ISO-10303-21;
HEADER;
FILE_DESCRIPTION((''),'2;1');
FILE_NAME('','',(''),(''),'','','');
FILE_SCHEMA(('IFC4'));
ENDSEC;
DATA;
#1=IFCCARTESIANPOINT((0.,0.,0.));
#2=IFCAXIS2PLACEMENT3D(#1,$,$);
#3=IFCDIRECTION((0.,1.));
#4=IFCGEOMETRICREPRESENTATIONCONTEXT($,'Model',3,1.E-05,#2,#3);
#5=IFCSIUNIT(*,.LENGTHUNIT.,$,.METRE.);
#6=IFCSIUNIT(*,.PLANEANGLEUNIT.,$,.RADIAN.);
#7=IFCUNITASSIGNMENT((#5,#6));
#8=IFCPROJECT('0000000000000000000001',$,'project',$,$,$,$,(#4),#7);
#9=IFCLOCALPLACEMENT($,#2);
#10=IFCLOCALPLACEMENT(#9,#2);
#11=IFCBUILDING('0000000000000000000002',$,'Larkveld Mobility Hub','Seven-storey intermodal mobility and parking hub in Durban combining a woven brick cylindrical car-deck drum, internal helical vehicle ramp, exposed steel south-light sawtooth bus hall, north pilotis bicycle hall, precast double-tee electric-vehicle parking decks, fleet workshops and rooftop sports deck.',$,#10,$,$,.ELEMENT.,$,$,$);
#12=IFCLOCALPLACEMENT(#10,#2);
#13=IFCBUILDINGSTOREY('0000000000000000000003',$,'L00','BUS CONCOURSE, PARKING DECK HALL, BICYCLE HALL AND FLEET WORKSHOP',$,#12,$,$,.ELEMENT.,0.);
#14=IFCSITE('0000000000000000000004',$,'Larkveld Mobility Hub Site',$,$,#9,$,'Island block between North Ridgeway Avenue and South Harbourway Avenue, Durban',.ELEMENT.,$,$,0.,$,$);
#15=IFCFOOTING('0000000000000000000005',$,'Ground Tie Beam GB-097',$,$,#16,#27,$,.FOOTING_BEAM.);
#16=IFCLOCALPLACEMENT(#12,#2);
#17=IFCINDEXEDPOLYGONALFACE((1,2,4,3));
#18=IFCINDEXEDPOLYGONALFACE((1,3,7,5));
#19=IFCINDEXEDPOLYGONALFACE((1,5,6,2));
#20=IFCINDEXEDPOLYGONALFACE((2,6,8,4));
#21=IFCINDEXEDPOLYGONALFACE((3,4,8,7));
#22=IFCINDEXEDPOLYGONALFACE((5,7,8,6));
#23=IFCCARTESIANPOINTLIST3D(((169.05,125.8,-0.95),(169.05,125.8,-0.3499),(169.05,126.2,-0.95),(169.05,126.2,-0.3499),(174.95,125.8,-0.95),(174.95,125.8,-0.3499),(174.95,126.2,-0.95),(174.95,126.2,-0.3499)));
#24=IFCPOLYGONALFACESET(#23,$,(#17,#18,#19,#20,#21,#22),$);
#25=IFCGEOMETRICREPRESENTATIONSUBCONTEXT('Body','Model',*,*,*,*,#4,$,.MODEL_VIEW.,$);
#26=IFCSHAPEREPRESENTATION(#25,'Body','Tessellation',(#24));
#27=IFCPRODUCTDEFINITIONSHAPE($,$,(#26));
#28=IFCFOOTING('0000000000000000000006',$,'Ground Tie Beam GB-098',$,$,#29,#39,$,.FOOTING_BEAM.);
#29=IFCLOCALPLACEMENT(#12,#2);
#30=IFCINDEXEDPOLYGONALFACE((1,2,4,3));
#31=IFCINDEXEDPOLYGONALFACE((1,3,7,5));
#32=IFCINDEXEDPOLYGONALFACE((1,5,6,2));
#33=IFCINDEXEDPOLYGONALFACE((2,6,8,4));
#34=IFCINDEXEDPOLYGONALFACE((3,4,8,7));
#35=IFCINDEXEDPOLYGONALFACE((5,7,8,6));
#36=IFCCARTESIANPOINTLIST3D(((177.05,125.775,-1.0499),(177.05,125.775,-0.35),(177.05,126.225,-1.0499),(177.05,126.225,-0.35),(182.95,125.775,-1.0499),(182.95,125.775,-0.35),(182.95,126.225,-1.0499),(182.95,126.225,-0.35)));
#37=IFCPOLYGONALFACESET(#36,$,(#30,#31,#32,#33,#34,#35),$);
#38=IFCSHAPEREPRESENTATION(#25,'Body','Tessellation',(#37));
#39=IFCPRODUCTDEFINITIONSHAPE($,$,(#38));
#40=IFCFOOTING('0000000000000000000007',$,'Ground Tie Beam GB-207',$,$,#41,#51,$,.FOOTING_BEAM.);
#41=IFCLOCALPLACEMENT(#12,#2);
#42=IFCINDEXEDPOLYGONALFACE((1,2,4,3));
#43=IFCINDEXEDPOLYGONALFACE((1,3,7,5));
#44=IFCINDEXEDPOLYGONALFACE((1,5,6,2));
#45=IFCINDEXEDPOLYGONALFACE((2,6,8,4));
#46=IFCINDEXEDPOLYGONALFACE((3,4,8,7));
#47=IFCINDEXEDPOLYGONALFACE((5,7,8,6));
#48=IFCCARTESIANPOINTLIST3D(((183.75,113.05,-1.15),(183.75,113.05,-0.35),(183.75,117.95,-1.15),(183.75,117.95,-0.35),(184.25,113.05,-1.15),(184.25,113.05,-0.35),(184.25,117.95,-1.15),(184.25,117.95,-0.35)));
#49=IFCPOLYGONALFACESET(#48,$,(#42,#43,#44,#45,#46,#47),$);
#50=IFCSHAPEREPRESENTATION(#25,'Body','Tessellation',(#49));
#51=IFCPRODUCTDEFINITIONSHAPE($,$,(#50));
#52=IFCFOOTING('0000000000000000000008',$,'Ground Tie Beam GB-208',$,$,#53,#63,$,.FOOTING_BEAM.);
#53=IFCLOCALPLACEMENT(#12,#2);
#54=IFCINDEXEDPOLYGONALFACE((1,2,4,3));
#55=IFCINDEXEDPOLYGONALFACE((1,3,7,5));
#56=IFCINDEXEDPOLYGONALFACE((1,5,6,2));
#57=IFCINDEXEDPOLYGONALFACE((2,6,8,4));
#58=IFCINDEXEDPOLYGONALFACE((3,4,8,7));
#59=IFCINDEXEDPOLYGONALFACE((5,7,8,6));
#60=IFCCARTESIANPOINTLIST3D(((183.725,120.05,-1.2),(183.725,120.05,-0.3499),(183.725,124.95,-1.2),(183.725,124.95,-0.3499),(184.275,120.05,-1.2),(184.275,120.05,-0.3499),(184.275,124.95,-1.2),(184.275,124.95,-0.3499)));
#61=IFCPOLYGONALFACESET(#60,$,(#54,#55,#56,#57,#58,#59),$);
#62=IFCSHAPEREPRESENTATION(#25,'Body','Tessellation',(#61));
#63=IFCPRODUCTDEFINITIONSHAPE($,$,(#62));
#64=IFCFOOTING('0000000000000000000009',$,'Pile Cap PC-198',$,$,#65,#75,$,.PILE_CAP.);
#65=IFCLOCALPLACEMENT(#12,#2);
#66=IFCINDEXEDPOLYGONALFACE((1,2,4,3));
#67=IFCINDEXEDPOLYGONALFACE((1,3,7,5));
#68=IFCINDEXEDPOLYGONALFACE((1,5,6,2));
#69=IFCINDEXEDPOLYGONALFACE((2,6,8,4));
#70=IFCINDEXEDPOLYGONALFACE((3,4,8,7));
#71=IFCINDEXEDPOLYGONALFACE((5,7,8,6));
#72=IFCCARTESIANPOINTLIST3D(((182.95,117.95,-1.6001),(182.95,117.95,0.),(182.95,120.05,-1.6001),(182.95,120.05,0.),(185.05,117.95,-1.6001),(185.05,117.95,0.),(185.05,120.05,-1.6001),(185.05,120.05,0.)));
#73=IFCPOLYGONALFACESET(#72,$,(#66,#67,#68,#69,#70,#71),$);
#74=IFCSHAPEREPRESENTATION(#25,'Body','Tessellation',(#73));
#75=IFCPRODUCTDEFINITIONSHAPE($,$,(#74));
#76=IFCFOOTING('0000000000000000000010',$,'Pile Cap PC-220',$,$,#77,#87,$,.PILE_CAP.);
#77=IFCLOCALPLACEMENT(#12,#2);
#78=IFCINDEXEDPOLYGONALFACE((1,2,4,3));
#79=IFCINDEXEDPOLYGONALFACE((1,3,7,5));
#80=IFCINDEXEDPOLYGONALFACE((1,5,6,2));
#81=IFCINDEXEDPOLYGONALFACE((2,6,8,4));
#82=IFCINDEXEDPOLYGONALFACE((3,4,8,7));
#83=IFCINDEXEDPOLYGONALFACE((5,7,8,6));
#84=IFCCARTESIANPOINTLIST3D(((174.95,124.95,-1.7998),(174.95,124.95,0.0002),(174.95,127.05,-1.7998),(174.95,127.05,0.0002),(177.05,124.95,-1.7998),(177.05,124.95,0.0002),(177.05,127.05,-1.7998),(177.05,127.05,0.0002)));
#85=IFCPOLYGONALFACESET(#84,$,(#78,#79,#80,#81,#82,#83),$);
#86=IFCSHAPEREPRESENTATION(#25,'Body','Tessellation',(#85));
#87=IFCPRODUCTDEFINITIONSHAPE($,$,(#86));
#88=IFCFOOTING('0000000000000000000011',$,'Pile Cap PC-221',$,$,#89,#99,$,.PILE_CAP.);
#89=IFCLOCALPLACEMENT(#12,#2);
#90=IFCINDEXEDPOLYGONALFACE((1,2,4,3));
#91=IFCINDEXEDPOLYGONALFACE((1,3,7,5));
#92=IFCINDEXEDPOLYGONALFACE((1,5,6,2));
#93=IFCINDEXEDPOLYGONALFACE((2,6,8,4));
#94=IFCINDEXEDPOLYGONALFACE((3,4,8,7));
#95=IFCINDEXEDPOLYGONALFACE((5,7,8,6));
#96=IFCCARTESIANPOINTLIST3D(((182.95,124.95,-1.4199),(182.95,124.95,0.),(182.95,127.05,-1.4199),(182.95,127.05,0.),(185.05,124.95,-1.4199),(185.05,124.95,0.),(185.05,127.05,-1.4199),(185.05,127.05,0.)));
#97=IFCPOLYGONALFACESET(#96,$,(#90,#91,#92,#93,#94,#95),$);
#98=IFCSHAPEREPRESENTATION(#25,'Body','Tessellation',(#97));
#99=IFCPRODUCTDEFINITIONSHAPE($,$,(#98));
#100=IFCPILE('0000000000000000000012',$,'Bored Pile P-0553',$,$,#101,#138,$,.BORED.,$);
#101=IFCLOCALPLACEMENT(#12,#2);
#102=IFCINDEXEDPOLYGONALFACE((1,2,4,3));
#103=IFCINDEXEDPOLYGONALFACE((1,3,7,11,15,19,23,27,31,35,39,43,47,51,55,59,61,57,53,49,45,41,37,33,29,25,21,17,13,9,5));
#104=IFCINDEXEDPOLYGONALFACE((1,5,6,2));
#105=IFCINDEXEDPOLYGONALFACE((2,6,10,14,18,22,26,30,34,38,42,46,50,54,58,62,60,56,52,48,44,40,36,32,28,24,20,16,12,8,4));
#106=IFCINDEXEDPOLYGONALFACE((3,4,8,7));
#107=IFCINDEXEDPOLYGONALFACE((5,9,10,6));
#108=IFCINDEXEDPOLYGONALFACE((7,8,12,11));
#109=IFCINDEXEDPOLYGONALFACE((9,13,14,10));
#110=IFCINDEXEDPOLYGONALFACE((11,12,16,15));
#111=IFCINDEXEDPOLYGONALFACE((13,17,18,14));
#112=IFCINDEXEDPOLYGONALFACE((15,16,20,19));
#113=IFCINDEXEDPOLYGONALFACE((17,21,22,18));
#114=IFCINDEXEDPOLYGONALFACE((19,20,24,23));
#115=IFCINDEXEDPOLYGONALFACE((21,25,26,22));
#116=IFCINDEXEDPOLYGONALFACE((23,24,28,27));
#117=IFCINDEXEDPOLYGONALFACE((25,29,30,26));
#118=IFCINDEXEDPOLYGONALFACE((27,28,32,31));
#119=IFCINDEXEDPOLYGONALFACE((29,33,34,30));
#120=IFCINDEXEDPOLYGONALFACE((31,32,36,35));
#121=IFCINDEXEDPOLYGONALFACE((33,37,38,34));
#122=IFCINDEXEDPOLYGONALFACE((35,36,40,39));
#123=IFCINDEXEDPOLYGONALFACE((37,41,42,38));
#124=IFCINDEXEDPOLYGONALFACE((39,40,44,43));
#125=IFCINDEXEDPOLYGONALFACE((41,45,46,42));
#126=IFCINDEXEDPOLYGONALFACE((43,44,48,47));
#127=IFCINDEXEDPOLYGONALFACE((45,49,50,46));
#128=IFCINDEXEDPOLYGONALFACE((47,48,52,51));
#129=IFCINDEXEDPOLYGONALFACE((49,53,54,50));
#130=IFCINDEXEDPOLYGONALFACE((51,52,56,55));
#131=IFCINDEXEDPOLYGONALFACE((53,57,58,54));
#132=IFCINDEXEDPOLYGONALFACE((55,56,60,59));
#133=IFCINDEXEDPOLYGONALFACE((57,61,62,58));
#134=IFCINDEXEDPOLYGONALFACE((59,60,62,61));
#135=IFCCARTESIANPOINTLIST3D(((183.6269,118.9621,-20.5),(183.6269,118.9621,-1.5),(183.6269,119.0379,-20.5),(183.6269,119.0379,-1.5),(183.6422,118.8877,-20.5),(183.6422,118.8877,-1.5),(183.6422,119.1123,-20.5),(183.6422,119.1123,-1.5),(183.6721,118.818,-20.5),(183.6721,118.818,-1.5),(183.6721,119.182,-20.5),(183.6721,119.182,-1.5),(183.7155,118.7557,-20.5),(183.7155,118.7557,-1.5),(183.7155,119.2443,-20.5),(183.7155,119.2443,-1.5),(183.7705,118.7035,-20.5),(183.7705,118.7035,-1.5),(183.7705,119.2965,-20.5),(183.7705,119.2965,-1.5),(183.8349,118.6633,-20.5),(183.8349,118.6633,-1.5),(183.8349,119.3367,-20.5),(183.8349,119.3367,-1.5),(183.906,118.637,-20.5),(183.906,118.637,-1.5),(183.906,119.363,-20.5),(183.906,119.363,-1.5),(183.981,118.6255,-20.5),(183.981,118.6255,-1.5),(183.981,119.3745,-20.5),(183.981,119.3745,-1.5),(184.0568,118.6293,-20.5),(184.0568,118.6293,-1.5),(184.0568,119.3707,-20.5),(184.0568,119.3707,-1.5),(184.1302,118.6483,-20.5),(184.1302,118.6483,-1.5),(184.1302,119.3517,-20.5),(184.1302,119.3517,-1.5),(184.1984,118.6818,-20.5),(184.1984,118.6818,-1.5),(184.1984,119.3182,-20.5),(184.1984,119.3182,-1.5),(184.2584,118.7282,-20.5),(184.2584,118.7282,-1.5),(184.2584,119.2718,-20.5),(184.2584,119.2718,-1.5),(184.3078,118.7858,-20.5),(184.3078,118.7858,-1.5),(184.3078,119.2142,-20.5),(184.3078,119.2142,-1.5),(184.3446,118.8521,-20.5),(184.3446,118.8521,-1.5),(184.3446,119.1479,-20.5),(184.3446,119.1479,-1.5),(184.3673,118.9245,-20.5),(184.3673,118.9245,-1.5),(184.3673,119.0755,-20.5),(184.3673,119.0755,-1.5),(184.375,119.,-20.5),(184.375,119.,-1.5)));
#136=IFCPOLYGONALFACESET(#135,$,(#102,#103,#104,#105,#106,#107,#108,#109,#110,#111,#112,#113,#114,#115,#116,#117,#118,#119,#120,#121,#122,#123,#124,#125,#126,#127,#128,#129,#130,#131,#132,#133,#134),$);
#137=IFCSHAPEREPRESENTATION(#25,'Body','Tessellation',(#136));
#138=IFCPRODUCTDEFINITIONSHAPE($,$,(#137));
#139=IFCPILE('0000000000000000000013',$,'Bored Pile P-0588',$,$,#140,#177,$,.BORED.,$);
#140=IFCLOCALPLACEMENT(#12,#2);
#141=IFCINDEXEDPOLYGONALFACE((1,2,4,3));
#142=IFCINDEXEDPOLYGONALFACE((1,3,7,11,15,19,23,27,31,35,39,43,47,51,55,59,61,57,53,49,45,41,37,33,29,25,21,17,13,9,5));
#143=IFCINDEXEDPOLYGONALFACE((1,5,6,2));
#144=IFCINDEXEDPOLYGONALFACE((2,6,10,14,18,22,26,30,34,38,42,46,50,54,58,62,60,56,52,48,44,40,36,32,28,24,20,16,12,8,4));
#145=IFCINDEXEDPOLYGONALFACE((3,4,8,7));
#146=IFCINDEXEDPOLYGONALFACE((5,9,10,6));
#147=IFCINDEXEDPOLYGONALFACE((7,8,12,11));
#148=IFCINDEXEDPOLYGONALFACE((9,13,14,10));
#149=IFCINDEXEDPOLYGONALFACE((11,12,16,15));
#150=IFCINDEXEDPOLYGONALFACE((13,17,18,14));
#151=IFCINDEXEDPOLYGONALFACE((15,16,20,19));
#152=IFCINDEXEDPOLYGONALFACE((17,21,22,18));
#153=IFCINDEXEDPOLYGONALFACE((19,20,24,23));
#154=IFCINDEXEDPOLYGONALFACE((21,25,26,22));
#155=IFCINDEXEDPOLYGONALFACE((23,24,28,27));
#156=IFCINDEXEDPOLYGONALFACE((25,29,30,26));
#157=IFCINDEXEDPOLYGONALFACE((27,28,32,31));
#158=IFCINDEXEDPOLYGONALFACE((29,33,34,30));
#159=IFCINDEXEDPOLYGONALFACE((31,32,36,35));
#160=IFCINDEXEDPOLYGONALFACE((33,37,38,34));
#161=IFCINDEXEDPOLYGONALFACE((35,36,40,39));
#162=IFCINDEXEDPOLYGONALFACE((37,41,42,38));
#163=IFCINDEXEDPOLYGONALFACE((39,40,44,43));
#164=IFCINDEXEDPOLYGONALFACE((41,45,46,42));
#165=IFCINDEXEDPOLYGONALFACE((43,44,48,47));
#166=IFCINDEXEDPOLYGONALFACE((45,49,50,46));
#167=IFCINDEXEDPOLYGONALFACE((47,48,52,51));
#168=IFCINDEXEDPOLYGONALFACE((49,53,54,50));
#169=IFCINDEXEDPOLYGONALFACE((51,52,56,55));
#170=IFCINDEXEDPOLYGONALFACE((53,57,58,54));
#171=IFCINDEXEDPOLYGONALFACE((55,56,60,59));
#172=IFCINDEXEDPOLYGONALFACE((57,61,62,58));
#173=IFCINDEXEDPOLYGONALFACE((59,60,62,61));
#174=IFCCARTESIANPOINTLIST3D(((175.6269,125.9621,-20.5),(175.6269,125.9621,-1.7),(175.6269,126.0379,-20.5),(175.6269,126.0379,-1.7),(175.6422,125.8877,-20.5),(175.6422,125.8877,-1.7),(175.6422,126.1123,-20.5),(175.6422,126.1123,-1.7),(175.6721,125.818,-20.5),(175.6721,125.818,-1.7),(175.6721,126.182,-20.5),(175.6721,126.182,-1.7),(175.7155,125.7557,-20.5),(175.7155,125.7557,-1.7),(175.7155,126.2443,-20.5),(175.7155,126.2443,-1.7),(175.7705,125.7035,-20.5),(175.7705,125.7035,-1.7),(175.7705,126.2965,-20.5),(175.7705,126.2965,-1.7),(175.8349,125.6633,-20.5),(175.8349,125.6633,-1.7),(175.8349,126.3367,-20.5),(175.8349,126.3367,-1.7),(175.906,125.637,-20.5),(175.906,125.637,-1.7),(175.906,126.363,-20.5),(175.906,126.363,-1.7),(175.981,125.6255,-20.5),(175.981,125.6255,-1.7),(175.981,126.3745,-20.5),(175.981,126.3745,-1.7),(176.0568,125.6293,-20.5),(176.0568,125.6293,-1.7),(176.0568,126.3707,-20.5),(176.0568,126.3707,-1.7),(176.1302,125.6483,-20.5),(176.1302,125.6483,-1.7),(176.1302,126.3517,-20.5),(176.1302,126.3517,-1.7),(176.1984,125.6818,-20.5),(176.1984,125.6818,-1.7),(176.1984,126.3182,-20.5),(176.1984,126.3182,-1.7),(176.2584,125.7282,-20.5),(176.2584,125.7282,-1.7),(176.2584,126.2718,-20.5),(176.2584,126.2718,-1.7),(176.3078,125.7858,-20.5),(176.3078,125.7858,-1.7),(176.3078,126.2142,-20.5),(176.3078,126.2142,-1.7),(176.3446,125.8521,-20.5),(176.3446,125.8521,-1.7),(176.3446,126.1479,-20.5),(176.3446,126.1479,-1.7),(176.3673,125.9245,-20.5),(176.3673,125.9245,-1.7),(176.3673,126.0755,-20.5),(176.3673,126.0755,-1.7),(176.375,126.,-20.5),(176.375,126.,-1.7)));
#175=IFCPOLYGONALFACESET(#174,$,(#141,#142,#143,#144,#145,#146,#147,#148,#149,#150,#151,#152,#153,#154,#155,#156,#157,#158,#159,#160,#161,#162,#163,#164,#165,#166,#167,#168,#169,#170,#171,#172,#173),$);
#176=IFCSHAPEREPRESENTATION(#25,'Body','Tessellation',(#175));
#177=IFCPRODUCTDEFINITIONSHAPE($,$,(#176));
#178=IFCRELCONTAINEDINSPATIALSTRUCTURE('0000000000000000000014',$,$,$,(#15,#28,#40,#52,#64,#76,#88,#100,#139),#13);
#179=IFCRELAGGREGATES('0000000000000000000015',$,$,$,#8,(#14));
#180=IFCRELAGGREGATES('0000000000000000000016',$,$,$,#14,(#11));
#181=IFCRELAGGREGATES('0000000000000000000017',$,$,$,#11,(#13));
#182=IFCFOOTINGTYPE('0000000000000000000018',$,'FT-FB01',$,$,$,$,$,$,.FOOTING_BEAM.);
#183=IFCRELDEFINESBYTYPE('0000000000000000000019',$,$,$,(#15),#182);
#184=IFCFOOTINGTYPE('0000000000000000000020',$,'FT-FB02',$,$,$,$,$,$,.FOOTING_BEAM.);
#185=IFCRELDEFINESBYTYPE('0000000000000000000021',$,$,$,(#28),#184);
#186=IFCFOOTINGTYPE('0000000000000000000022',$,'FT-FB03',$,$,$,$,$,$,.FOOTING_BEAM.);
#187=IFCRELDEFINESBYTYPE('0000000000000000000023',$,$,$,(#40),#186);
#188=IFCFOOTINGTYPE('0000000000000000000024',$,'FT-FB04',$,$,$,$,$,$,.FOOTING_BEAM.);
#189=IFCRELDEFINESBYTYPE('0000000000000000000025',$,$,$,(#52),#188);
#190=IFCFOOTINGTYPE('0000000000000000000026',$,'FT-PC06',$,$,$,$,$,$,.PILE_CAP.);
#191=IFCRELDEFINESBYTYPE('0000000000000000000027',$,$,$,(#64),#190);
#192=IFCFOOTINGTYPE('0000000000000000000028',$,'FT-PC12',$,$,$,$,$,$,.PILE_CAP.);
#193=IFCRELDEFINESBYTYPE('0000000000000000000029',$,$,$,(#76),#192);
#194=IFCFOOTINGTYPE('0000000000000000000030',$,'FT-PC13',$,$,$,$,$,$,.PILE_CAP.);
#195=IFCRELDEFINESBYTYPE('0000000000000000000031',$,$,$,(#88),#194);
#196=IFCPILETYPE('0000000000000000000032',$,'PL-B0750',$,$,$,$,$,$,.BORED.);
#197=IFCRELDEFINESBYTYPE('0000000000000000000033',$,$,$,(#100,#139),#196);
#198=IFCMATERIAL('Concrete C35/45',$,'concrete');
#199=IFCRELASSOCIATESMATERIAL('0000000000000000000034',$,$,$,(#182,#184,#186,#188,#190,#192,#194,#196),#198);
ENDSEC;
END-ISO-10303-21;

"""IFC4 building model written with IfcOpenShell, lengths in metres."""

from ifc_helpers import new_model, si_unit, direction, frame, origin, origin_2d, place, context, subcontext, project, spatial, rectangle, circle, extrude, material, material_profile, profile_set, type_object, element, save


model = new_model("IFC4")

# Units and contexts
model_context = context("Model", 3, precision=1e-05, world=origin(), true_north=direction((0.0, 1.0)))
body_context = subcontext(model_context, "Body", "Model", "MODEL_VIEW")
ifc_project = project(units=[si_unit("LENGTHUNIT", "METRE"), si_unit("PLANEANGLEUNIT", "RADIAN")], contexts=[model_context])

# Site, building, storey
site_placement = place(None, origin())
site = spatial("IfcSite", under=ifc_project, at=site_placement, Name="Larkveld Mobility Hub Site", LongName="Island block between North Ridgeway Avenue and South Harbourway Avenue, Durban", CompositionType="ELEMENT", RefElevation=0.0)
building_placement = place(site_placement, origin())
building = spatial("IfcBuilding", under=site, at=building_placement, Name="Larkveld Mobility Hub", Description="Seven-storey intermodal mobility and parking hub in Durban combining a woven brick cylindrical car-deck drum, internal helical vehicle ramp, exposed steel south-light sawtooth bus hall, north pilotis bicycle hall, precast double-tee electric-vehicle parking decks, fleet workshops and rooftop sports deck.", CompositionType="ELEMENT")
storey_placement = place(building_placement, origin())
storey = spatial("IfcBuildingStorey", under=building, at=storey_placement, Name="L00", Description="BUS CONCOURSE, PARKING DECK HALL, BICYCLE HALL AND FLEET WORKSHOP", CompositionType="ELEMENT", Elevation=0.0)

# Footings
ifc_material_1 = material(Name="Concrete C35/45", Category="concrete")
ifc_material_profile_1 = material_profile(ifc_material_1, rectangle(XDim=0.3999, YDim=0.6001, at=origin_2d()), Name="RC BM 400x600")
ifc_profile_set_1 = profile_set([ifc_material_profile_1], Name="Concrete C35/45")
footing_type_1 = type_object("IfcFootingType", Name="FT-FB01", PredefinedType="FOOTING_BEAM", material=ifc_profile_set_1)
footing_1_placement = place(storey_placement, frame((169.05, 126.0, -0.6499), z_axis=(1.0, 0.0, 0.0), x_axis=(0.0, 1.0, 0.0)))
element("IfcFooting", 1, at=footing_1_placement, inside=storey, type_object=footing_type_1, Name="Ground Tie Beam GB-097", PredefinedType="FOOTING_BEAM", context=body_context, shape_type="SweptSolid", body=[
    extrude(rectangle(XDim=0.3999, YDim=0.6001, at=origin_2d()), origin(), (0.0, 0.0, 1.0), 5.8999),
])
ifc_material_profile_2 = material_profile(ifc_material_1, rectangle(XDim=0.45, YDim=0.7, at=origin_2d()), Name="RC BM 450x700")
ifc_profile_set_2 = profile_set([ifc_material_profile_2], Name="Concrete C35/45")
footing_type_2 = type_object("IfcFootingType", Name="FT-FB02", PredefinedType="FOOTING_BEAM", material=ifc_profile_set_2)
footing_2_placement = place(storey_placement, frame((177.05, 126.0, -0.7), z_axis=(1.0, 0.0, 0.0), x_axis=(0.0, 1.0, 0.0)))
element("IfcFooting", 2, at=footing_2_placement, inside=storey, type_object=footing_type_2, Name="Ground Tie Beam GB-098", PredefinedType="FOOTING_BEAM", context=body_context, shape_type="SweptSolid", body=[
    extrude(rectangle(XDim=0.45, YDim=0.7, at=origin_2d()), origin(), (0.0, 0.0, 1.0), 5.8999),
])
ifc_material_profile_3 = material_profile(ifc_material_1, rectangle(XDim=0.5, YDim=0.8, at=origin_2d()), Name="RC BM 500x800")
ifc_profile_set_3 = profile_set([ifc_material_profile_3], Name="Concrete C35/45")
footing_type_3 = type_object("IfcFootingType", Name="FT-FB03", PredefinedType="FOOTING_BEAM", material=ifc_profile_set_3)
footing_3_placement = place(storey_placement, frame((184.0, 113.05, -0.75), z_axis=(0.0, 1.0, 0.0), x_axis=(-1.0, 0.0, 0.0)))
element("IfcFooting", 3, at=footing_3_placement, inside=storey, type_object=footing_type_3, Name="Ground Tie Beam GB-207", PredefinedType="FOOTING_BEAM", context=body_context, shape_type="SweptSolid", body=[
    extrude(rectangle(XDim=0.5, YDim=0.8, at=origin_2d()), origin(), (0.0, 0.0, 1.0), 4.8999),
])
ifc_material_profile_4 = material_profile(ifc_material_1, rectangle(XDim=0.55, YDim=0.8501, at=origin_2d()), Name="RC BM 550x850")
ifc_profile_set_4 = profile_set([ifc_material_profile_4], Name="Concrete C35/45")
footing_type_4 = type_object("IfcFootingType", Name="FT-FB04", PredefinedType="FOOTING_BEAM", material=ifc_profile_set_4)
footing_4_placement = place(storey_placement, frame((184.0, 120.05, -0.7749), z_axis=(0.0, 1.0, 0.0), x_axis=(-1.0, 0.0, 0.0)))
element("IfcFooting", 4, at=footing_4_placement, inside=storey, type_object=footing_type_4, Name="Ground Tie Beam GB-208", PredefinedType="FOOTING_BEAM", context=body_context, shape_type="SweptSolid", body=[
    extrude(rectangle(XDim=0.55, YDim=0.8501, at=origin_2d()), origin(), (0.0, 0.0, 1.0), 4.8999),
])
footing_type_5 = type_object("IfcFootingType", Name="FT-PC06", PredefinedType="PILE_CAP", material=ifc_material_1)
footing_5_placement = place(storey_placement, frame((184.0, 119.0, -1.6001), z_axis=(0.0, 0.0, 1.0), x_axis=(1.0, 0.0, 0.0)))
element("IfcFooting", 5, at=footing_5_placement, inside=storey, type_object=footing_type_5, Name="Pile Cap PC-198", PredefinedType="PILE_CAP", context=body_context, shape_type="SweptSolid", body=[
    extrude(rectangle(XDim=2.1001, YDim=2.1001, at=origin_2d()), origin(), (0.0, 0.0, 1.0), 1.6001),
])
footing_type_6 = type_object("IfcFootingType", Name="FT-PC12", PredefinedType="PILE_CAP", material=ifc_material_1)
footing_6_placement = place(storey_placement, frame((176.0, 126.0, -1.7998), z_axis=(0.0, 0.0, 1.0), x_axis=(1.0, 0.0, 0.0)))
element("IfcFooting", 6, at=footing_6_placement, inside=storey, type_object=footing_type_6, Name="Pile Cap PC-220", PredefinedType="PILE_CAP", context=body_context, shape_type="SweptSolid", body=[
    extrude(rectangle(XDim=2.1001, YDim=2.1001, at=origin_2d()), origin(), (0.0, 0.0, 1.0), 1.8),
])
footing_type_7 = type_object("IfcFootingType", Name="FT-PC13", PredefinedType="PILE_CAP", material=ifc_material_1)
footing_7_placement = place(storey_placement, frame((184.0, 126.0, -1.4199), z_axis=(0.0, 0.0, 1.0), x_axis=(1.0, 0.0, 0.0)))
element("IfcFooting", 7, at=footing_7_placement, inside=storey, type_object=footing_type_7, Name="Pile Cap PC-221", PredefinedType="PILE_CAP", context=body_context, shape_type="SweptSolid", body=[
    extrude(rectangle(XDim=2.1001, YDim=2.1001, at=origin_2d()), origin(), (0.0, 0.0, 1.0), 1.4199),
])

# Piles
ifc_material_profile_5 = material_profile(ifc_material_1, circle(Radius=0.375, at=origin_2d()), Name="PILE D750")
ifc_profile_set_5 = profile_set([ifc_material_profile_5], Name="Concrete C35/45")
pile_type = type_object("IfcPileType", Name="PL-B0750", PredefinedType="BORED", material=ifc_profile_set_5)
pile_1_placement = place(storey_placement, frame((184.0, 119.0, -1.5), z_axis=(0.0, 0.0, -1.0), x_axis=(1.0, 0.0, 0.0)))
element("IfcPile", 8, at=pile_1_placement, inside=storey, type_object=pile_type, Name="Bored Pile P-0553", PredefinedType="BORED", context=body_context, shape_type="SweptSolid", body=[
    extrude(circle(Radius=0.375, at=origin_2d()), origin(), (0.0, 0.0, 1.0), 19.0),
])
pile_2_placement = place(storey_placement, frame((176.0, 126.0, -1.7), z_axis=(0.0, 0.0, -1.0), x_axis=(1.0, 0.0, 0.0)))
element("IfcPile", 9, at=pile_2_placement, inside=storey, type_object=pile_type, Name="Bored Pile P-0588", PredefinedType="BORED", context=body_context, shape_type="SweptSolid", body=[
    extrude(circle(Radius=0.375, at=origin_2d()), origin(), (0.0, 0.0, 1.0), 18.8),
])

save(model, "model.ifc")
